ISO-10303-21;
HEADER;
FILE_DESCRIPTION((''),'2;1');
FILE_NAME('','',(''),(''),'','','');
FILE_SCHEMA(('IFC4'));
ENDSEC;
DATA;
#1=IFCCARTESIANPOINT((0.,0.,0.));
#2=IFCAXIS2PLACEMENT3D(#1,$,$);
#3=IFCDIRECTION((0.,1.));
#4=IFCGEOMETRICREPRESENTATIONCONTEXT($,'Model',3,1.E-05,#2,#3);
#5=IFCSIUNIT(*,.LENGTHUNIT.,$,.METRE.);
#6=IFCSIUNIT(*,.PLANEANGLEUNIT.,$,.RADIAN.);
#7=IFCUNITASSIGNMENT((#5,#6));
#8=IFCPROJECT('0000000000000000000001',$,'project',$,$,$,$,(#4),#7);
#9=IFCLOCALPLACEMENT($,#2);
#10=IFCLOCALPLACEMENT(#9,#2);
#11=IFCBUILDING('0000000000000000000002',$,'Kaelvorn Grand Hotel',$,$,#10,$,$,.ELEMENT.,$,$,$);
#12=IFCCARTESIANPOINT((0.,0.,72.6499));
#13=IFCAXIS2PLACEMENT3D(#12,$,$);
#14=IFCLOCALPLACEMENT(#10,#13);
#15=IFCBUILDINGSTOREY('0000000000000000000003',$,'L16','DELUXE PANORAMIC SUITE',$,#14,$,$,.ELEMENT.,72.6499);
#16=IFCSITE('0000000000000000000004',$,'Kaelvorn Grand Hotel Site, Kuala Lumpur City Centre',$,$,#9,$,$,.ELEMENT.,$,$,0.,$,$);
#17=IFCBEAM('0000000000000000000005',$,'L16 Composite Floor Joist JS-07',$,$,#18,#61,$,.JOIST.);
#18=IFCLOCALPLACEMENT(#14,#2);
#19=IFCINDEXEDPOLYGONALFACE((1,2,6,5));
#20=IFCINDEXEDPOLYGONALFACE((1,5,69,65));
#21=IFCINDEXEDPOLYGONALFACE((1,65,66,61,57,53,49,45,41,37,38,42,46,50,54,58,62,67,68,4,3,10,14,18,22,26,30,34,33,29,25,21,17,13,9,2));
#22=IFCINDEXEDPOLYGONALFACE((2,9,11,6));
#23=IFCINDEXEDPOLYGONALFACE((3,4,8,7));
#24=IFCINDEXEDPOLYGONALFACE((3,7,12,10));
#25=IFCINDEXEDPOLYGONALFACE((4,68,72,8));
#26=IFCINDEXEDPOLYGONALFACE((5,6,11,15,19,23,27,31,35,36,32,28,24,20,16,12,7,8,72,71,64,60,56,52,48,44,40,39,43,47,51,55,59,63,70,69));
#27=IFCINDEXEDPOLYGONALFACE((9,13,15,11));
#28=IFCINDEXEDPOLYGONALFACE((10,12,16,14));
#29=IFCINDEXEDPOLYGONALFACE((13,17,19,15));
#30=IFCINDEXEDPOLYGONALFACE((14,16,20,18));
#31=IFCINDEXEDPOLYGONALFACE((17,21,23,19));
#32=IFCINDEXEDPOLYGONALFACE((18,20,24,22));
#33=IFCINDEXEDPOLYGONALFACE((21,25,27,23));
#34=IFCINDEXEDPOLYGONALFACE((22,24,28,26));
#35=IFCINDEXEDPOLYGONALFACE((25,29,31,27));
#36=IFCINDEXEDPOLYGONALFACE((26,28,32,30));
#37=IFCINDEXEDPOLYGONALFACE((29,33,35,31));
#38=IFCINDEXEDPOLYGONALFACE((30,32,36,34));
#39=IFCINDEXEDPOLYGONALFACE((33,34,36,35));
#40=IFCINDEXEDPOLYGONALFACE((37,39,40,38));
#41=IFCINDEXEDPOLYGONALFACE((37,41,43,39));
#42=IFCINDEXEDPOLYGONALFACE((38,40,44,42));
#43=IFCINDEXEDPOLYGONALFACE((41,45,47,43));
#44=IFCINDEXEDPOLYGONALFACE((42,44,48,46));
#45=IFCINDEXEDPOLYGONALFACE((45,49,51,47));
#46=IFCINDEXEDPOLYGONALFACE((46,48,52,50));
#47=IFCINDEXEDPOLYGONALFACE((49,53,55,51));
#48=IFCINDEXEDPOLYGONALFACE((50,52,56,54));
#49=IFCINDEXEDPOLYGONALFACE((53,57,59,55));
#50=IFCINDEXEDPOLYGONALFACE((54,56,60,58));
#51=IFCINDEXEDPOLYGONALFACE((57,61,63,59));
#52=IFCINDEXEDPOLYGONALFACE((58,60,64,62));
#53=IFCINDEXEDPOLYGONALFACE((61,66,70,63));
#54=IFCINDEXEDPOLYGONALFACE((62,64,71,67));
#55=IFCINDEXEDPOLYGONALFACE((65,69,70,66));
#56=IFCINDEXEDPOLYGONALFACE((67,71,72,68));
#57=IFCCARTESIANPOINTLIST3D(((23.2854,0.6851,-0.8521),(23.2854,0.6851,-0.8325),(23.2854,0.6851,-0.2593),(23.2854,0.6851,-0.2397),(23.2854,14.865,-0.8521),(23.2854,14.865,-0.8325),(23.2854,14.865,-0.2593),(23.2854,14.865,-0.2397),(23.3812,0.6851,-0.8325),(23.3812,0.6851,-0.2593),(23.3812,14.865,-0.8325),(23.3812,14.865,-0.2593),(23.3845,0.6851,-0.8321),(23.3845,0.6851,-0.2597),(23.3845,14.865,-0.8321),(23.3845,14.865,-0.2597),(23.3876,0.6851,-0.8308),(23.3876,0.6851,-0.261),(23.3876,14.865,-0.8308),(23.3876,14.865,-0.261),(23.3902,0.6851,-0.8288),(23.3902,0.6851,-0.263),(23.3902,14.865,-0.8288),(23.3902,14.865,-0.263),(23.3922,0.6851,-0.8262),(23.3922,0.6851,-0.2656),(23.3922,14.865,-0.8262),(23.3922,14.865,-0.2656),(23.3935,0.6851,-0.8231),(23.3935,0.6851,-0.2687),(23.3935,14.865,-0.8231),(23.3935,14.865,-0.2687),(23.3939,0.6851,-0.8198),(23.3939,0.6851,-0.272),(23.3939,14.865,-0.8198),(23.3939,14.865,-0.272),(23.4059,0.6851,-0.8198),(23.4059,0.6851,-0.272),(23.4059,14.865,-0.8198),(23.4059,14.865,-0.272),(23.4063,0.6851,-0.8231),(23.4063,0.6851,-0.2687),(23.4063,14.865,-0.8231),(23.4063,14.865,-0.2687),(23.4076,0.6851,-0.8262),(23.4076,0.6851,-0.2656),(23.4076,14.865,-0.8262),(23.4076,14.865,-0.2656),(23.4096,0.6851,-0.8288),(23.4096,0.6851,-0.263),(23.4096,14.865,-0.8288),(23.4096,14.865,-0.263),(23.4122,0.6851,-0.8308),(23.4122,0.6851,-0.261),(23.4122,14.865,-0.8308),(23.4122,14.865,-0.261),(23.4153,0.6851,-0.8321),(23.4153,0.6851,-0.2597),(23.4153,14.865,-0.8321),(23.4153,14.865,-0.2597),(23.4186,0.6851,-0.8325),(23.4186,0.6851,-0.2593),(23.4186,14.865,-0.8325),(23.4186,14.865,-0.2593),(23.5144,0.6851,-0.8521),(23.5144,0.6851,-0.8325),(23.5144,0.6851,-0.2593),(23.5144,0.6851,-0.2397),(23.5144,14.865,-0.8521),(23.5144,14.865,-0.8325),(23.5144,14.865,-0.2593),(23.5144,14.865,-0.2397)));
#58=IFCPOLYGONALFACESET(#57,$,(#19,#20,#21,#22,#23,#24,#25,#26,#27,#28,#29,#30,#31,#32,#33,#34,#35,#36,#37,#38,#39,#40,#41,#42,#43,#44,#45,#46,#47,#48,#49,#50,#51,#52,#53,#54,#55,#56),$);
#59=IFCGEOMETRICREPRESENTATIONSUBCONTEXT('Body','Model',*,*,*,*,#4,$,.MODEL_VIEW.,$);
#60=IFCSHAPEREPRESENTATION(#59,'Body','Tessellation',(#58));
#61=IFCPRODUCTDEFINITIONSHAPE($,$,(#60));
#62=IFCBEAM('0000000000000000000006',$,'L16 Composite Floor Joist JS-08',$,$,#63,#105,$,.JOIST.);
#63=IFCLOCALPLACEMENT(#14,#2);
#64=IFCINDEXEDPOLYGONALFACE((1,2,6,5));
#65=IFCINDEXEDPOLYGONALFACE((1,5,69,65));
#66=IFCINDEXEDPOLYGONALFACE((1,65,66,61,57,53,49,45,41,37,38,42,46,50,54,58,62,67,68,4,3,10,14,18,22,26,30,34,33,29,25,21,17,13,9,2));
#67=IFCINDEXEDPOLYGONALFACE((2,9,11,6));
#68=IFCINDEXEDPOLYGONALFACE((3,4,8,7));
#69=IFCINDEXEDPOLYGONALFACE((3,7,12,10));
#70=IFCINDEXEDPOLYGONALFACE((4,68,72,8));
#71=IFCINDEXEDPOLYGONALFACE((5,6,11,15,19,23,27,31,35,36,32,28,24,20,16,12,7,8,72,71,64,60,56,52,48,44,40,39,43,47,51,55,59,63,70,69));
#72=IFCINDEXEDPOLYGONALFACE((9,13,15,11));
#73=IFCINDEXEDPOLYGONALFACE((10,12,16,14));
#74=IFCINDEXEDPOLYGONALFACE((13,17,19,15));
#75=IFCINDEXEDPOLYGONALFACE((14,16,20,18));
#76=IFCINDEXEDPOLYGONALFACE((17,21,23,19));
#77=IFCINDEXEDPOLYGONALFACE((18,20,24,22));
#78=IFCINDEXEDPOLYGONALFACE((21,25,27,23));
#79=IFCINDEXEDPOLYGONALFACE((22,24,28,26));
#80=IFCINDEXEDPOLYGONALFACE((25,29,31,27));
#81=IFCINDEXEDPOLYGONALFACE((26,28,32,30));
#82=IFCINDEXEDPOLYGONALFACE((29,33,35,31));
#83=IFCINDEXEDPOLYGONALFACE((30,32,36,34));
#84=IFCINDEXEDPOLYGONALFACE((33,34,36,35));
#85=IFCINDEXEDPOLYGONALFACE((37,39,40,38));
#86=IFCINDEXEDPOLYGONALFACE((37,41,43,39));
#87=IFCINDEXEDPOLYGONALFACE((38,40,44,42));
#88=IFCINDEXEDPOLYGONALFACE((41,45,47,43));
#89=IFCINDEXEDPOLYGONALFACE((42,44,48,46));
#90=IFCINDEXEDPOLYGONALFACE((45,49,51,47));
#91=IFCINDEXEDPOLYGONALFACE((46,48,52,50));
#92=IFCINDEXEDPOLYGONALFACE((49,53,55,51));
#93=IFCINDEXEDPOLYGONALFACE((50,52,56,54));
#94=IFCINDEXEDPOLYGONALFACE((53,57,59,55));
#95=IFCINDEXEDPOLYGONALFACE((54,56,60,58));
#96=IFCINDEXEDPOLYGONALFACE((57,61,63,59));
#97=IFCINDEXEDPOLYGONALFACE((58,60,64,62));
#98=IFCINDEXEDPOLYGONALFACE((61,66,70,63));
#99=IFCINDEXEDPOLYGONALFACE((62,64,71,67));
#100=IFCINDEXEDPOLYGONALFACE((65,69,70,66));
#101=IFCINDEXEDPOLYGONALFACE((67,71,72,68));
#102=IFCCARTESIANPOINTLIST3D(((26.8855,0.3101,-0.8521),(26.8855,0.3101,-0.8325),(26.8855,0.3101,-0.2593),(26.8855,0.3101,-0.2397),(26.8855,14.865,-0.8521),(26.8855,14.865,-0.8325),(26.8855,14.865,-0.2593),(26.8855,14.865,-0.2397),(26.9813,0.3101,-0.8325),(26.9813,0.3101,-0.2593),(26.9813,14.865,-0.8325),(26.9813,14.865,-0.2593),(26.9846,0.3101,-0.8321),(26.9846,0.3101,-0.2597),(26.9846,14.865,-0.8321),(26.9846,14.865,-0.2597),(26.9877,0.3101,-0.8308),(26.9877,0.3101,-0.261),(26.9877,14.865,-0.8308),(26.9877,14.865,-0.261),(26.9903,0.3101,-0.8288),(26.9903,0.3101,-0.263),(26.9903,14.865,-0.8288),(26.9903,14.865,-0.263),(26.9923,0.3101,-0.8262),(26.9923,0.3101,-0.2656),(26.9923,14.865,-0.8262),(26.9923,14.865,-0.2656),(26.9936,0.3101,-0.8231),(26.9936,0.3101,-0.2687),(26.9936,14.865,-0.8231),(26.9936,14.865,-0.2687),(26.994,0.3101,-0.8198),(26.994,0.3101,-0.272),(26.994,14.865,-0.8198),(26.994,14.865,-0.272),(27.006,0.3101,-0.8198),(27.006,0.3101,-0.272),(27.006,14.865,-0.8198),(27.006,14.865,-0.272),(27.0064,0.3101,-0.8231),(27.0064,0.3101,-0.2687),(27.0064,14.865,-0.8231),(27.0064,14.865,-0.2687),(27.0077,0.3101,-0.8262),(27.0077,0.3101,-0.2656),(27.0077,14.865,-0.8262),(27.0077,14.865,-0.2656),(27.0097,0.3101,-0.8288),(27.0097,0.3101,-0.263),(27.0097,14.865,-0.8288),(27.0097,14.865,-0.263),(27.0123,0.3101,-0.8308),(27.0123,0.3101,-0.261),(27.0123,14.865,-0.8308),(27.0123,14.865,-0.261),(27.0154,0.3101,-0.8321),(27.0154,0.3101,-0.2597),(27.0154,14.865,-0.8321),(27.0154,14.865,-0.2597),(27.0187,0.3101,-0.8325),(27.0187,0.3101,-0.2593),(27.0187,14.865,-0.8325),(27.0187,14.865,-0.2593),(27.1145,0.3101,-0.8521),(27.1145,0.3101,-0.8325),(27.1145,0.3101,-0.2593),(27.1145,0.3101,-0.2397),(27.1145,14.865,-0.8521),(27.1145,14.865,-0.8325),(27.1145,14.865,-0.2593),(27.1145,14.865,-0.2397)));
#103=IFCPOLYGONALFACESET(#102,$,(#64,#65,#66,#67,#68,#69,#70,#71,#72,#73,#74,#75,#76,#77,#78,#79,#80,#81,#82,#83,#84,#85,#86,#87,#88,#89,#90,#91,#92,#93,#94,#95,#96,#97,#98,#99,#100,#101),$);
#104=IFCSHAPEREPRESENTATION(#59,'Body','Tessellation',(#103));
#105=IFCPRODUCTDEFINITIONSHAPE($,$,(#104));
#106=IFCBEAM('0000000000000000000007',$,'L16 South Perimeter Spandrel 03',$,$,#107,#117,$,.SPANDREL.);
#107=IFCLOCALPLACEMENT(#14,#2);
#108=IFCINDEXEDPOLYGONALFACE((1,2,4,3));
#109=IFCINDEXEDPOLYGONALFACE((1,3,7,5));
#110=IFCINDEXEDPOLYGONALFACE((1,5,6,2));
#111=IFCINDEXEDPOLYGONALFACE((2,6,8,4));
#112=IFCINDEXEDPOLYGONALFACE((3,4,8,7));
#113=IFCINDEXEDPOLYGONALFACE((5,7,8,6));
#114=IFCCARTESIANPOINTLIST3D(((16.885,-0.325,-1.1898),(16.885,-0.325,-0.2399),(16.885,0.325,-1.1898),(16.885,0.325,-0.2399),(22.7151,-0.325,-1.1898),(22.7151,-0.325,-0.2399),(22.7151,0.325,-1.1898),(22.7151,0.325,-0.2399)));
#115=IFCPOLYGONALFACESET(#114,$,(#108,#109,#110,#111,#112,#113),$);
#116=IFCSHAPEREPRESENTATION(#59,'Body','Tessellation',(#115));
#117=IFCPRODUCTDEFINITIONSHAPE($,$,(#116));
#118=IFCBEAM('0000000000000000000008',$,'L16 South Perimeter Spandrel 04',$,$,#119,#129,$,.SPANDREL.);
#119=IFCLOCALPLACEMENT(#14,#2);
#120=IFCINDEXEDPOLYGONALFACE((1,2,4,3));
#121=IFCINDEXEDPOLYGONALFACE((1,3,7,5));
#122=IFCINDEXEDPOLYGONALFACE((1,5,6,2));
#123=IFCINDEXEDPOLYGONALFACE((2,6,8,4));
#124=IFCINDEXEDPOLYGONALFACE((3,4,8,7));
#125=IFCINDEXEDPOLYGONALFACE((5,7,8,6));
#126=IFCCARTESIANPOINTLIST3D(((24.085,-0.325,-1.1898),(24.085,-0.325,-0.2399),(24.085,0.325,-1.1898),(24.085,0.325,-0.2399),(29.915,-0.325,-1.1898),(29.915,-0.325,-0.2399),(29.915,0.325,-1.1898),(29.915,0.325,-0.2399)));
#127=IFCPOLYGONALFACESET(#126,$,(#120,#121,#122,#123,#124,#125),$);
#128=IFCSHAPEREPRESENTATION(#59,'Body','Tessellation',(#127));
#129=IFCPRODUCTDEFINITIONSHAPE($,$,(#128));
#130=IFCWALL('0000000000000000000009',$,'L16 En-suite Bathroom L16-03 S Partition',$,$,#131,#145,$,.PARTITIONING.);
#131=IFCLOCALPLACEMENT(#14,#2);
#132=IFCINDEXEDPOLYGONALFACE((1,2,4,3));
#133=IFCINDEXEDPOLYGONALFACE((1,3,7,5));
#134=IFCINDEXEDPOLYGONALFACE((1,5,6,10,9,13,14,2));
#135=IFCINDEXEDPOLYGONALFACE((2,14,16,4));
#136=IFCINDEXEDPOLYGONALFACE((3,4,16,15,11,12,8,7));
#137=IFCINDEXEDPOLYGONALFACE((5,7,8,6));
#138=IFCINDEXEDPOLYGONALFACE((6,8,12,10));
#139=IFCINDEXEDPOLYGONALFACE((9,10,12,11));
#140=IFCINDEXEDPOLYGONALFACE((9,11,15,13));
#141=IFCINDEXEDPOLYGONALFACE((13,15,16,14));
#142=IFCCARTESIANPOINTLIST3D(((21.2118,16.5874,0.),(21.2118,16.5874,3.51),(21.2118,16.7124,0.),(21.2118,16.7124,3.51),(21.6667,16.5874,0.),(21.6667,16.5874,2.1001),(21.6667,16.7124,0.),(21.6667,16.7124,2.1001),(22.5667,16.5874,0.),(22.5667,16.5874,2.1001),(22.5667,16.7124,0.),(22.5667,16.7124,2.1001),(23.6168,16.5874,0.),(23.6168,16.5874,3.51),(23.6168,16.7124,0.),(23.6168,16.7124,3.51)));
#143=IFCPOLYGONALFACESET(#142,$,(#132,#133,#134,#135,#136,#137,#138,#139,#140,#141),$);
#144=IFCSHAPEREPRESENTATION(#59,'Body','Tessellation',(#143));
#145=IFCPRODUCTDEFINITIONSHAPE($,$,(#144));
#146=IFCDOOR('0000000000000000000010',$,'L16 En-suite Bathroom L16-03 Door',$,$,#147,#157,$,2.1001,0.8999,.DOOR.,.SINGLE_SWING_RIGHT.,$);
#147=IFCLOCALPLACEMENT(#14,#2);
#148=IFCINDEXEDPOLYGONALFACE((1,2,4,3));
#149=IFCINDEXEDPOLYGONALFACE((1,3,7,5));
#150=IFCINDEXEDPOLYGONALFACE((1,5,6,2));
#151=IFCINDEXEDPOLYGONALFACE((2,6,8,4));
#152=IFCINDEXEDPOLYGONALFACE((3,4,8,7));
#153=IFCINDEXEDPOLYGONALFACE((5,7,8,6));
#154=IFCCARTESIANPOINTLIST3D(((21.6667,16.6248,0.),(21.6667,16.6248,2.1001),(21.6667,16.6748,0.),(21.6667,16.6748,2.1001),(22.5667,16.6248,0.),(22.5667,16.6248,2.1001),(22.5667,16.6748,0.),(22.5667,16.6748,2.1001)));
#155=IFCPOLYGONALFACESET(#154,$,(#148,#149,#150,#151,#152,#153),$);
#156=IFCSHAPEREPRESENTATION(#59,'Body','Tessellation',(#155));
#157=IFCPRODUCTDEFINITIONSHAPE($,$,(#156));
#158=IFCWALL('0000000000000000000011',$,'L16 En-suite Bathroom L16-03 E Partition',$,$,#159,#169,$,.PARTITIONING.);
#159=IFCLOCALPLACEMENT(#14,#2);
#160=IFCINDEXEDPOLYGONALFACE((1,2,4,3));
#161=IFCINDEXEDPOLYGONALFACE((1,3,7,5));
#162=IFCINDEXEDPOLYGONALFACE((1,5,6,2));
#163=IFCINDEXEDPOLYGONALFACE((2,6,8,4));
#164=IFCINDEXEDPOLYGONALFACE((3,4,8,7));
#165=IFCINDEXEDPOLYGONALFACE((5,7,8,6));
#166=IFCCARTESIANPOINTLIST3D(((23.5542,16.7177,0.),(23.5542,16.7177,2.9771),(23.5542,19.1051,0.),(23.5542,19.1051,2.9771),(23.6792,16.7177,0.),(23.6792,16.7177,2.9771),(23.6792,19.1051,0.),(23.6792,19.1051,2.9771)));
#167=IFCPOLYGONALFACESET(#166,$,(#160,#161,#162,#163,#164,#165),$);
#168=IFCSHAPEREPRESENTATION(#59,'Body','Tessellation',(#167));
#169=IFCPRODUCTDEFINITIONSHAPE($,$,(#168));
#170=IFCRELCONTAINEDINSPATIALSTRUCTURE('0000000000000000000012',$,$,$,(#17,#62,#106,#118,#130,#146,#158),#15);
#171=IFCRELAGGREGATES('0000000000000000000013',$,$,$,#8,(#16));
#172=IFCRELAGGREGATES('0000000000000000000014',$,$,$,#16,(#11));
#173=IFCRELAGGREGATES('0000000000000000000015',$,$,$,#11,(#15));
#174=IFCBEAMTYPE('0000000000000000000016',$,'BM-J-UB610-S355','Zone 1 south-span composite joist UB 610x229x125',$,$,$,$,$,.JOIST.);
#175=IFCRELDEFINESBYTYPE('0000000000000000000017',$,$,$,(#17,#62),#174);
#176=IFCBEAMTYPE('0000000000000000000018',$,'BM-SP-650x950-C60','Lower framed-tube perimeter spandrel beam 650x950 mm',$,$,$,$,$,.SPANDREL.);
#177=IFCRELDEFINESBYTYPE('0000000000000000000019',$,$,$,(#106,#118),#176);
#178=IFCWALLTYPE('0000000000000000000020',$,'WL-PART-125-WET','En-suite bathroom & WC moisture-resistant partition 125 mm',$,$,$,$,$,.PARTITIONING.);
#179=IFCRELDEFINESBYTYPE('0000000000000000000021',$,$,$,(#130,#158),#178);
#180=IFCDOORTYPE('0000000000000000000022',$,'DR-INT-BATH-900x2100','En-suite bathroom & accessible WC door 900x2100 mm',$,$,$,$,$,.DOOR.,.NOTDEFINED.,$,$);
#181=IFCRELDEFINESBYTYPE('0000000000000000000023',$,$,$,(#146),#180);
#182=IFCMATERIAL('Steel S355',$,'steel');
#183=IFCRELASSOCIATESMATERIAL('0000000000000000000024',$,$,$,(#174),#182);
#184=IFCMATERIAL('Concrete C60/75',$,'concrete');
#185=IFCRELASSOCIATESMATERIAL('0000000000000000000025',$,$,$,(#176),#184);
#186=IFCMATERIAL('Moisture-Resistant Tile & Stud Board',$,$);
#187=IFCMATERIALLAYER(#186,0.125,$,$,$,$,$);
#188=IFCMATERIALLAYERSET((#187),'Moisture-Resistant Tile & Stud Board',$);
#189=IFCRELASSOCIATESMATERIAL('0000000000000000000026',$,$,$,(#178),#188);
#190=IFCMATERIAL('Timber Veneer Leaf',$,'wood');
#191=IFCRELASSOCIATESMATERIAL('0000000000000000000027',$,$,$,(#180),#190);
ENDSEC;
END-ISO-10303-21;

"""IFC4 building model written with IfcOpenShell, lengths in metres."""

from ifc_helpers import new_model, si_unit, direction, frame, frame_2d, origin, origin_2d, place, context, subcontext, project, spatial, rectangle, i_section, extrude, material, layer, layer_set, material_profile, profile_set, type_object, element, fill, save


model = new_model("IFC4")

# Units and contexts
model_context = context("Model", 3, precision=1e-05, world=origin(), true_north=direction((0.0, 1.0)))
body_context = subcontext(model_context, "Body", "Model", "MODEL_VIEW")
ifc_project = project(units=[si_unit("LENGTHUNIT", "METRE"), si_unit("PLANEANGLEUNIT", "RADIAN")], contexts=[model_context])

# Site, building, storey
site_placement = place(None, origin())
site = spatial("IfcSite", under=ifc_project, at=site_placement, Name="Kaelvorn Grand Hotel Site, Kuala Lumpur City Centre", CompositionType="ELEMENT", RefElevation=0.0)
building_placement = place(site_placement, origin())
building = spatial("IfcBuilding", under=site, at=building_placement, Name="Kaelvorn Grand Hotel", CompositionType="ELEMENT")
storey_placement = place(building_placement, frame((0.0, 0.0, 72.6499)))
storey = spatial("IfcBuildingStorey", under=building, at=storey_placement, Name="L16", Description="DELUXE PANORAMIC SUITE", CompositionType="ELEMENT", Elevation=72.6499)

# Beams
ifc_material_1 = material(Name="Steel S355", Category="steel")
ifc_material_profile_1 = material_profile(ifc_material_1, i_section(OverallWidth=0.229, OverallDepth=0.6123, WebThickness=0.012, FlangeThickness=0.0195, FilletRadius=0.0127, at=origin_2d()), Name="UB 610x229x125")
ifc_profile_set_1 = profile_set([ifc_material_profile_1], Name="Steel S355")
beam_type_1 = type_object("IfcBeamType", Name="BM-J-UB610-S355", Description="Zone 1 south-span composite joist UB 610x229x125", PredefinedType="JOIST", material=ifc_profile_set_1)
beam_1_placement = place(storey_placement, frame((23.3999, 0.6851, -0.5459), z_axis=(0.0, 1.0, 0.0), x_axis=(-1.0, 0.0, 0.0)))
element("IfcBeam", 1, at=beam_1_placement, inside=storey, type_object=beam_type_1, Name="L16 Composite Floor Joist JS-07", PredefinedType="JOIST", context=body_context, shape_type="SweptSolid", body=[
    extrude(i_section(OverallWidth=0.229, OverallDepth=0.6123, WebThickness=0.012, FlangeThickness=0.0195, FilletRadius=0.0127, at=origin_2d()), origin(), (0.0, 0.0, 1.0), 14.1799),
])
beam_2_placement = place(storey_placement, frame((27.0, 0.3101, -0.5459), z_axis=(0.0, 1.0, 0.0), x_axis=(-1.0, 0.0, 0.0)))
element("IfcBeam", 2, at=beam_2_placement, inside=storey, type_object=beam_type_1, Name="L16 Composite Floor Joist JS-08", PredefinedType="JOIST", context=body_context, shape_type="SweptSolid", body=[
    extrude(i_section(OverallWidth=0.229, OverallDepth=0.6123, WebThickness=0.012, FlangeThickness=0.0195, FilletRadius=0.0127, at=origin_2d()), origin(), (0.0, 0.0, 1.0), 14.5549),
])
ifc_material_2 = material(Name="Concrete C60/75", Category="concrete")
ifc_material_profile_2 = material_profile(ifc_material_2, rectangle(XDim=0.6499, YDim=0.95, at=origin_2d()), Name="RC SPANDREL 650x950")
ifc_profile_set_2 = profile_set([ifc_material_profile_2], Name="Concrete C60/75")
beam_type_2 = type_object("IfcBeamType", Name="BM-SP-650x950-C60", Description="Lower framed-tube perimeter spandrel beam 650x950 mm", PredefinedType="SPANDREL", material=ifc_profile_set_2)
for number, where, z_axis, x_axis, name in (
    (3, (16.885, 0.0, -0.7148), (1.0, 0.0, 0.0), (0.0, 1.0, 0.0), "L16 South Perimeter Spandrel 03"),
    (4, (24.085, 0.0, -0.7148), (1.0, 0.0, 0.0), (0.0, 1.0, 0.0), "L16 South Perimeter Spandrel 04"),
):
    element("IfcBeam", number, at=place(storey_placement, frame(where, z_axis=z_axis, x_axis=x_axis)), inside=storey, type_object=beam_type_2, Name=name, PredefinedType="SPANDREL", context=body_context, shape_type="SweptSolid", body=[
        extrude(rectangle(XDim=0.6499, YDim=0.95, at=origin_2d()), origin(), (0.0, 0.0, 1.0), 5.8301),
    ])

# Wall, opening, door
ifc_material_3 = material(Name="Moisture-Resistant Tile & Stud Board")
ifc_layer_1 = layer(ifc_material_3, 0.125)
ifc_layer_set_1 = layer_set([ifc_layer_1], Name="Moisture-Resistant Tile & Stud Board")
wall_type_1 = type_object("IfcWallType", Name="WL-PART-125-WET", Description="En-suite bathroom & WC moisture-resistant partition 125 mm", PredefinedType="PARTITIONING", material=ifc_layer_set_1)
wall_1_placement = place(storey_placement, frame((21.2117, 16.6499, 0.0), z_axis=(0.0, 0.0, 1.0), x_axis=(1.0, 0.0, 0.0)))
wall_1 = element("IfcWall", 5, at=wall_1_placement, inside=storey, type_object=wall_type_1, Name="L16 En-suite Bathroom L16-03 S Partition", PredefinedType="PARTITIONING", context=body_context, shape_type="SweptSolid", body=[
    extrude(rectangle(XDim=2.405, YDim=0.125, at=frame_2d((1.2026, 0.0))), origin(), (0.0, 0.0, 1.0), 3.51),
])
opening_1_placement = place(wall_1_placement, frame((0.4551, 0.0, 0.0)))
opening_1 = element("IfcOpeningElement", 6, at=opening_1_placement, cuts=wall_1, PredefinedType="OPENING", context=body_context, shape_type="SweptSolid", body=[
    extrude(rectangle(XDim=0.8999, YDim=2.1001, at=frame_2d((0.45, 1.05))), frame((0.0, 0.0725, 0.0), z_axis=(0.0, -1.0, 0.0), x_axis=(1.0, 0.0, 0.0)), (0.0, 0.0, 1.0), 0.145),
])
ifc_material_4 = material(Name="Timber Veneer Leaf", Category="wood")
door_type_1 = type_object("IfcDoorType", Name="DR-INT-BATH-900x2100", Description="En-suite bathroom & accessible WC door 900x2100 mm", OperationType="NOTDEFINED", PredefinedType="DOOR", material=ifc_material_4)
door_1_placement = place(opening_1_placement, origin())
door_1 = element("IfcDoor", 7, at=door_1_placement, inside=storey, type_object=door_type_1, Name="L16 En-suite Bathroom L16-03 Door", OperationType="SINGLE_SWING_RIGHT", OverallHeight=2.1001, OverallWidth=0.8999, PredefinedType="DOOR", context=body_context, shape_type="SweptSolid", body=[
    extrude(rectangle(XDim=0.8999, YDim=2.1001, at=frame_2d((0.45, 1.05))), frame((0.0, 0.0249, 0.0), z_axis=(0.0, -1.0, 0.0), x_axis=(1.0, 0.0, 0.0)), (0.0, 0.0, 1.0), 0.05),
])
fill(opening_1, door_1)

# Wall
wall_2_placement = place(storey_placement, frame((23.6167, 16.7175, 0.0), z_axis=(0.0, 0.0, 1.0), x_axis=(0.0, 1.0, 0.0)))
element("IfcWall", 8, at=wall_2_placement, inside=storey, type_object=wall_type_1, Name="L16 En-suite Bathroom L16-03 E Partition", PredefinedType="PARTITIONING", context=body_context, shape_type="SweptSolid", body=[
    extrude(rectangle(XDim=2.3875, YDim=0.125, at=frame_2d((1.1938, 0.0))), origin(), (0.0, 0.0, 1.0), 2.9771),
])

save(model, "model.ifc")
